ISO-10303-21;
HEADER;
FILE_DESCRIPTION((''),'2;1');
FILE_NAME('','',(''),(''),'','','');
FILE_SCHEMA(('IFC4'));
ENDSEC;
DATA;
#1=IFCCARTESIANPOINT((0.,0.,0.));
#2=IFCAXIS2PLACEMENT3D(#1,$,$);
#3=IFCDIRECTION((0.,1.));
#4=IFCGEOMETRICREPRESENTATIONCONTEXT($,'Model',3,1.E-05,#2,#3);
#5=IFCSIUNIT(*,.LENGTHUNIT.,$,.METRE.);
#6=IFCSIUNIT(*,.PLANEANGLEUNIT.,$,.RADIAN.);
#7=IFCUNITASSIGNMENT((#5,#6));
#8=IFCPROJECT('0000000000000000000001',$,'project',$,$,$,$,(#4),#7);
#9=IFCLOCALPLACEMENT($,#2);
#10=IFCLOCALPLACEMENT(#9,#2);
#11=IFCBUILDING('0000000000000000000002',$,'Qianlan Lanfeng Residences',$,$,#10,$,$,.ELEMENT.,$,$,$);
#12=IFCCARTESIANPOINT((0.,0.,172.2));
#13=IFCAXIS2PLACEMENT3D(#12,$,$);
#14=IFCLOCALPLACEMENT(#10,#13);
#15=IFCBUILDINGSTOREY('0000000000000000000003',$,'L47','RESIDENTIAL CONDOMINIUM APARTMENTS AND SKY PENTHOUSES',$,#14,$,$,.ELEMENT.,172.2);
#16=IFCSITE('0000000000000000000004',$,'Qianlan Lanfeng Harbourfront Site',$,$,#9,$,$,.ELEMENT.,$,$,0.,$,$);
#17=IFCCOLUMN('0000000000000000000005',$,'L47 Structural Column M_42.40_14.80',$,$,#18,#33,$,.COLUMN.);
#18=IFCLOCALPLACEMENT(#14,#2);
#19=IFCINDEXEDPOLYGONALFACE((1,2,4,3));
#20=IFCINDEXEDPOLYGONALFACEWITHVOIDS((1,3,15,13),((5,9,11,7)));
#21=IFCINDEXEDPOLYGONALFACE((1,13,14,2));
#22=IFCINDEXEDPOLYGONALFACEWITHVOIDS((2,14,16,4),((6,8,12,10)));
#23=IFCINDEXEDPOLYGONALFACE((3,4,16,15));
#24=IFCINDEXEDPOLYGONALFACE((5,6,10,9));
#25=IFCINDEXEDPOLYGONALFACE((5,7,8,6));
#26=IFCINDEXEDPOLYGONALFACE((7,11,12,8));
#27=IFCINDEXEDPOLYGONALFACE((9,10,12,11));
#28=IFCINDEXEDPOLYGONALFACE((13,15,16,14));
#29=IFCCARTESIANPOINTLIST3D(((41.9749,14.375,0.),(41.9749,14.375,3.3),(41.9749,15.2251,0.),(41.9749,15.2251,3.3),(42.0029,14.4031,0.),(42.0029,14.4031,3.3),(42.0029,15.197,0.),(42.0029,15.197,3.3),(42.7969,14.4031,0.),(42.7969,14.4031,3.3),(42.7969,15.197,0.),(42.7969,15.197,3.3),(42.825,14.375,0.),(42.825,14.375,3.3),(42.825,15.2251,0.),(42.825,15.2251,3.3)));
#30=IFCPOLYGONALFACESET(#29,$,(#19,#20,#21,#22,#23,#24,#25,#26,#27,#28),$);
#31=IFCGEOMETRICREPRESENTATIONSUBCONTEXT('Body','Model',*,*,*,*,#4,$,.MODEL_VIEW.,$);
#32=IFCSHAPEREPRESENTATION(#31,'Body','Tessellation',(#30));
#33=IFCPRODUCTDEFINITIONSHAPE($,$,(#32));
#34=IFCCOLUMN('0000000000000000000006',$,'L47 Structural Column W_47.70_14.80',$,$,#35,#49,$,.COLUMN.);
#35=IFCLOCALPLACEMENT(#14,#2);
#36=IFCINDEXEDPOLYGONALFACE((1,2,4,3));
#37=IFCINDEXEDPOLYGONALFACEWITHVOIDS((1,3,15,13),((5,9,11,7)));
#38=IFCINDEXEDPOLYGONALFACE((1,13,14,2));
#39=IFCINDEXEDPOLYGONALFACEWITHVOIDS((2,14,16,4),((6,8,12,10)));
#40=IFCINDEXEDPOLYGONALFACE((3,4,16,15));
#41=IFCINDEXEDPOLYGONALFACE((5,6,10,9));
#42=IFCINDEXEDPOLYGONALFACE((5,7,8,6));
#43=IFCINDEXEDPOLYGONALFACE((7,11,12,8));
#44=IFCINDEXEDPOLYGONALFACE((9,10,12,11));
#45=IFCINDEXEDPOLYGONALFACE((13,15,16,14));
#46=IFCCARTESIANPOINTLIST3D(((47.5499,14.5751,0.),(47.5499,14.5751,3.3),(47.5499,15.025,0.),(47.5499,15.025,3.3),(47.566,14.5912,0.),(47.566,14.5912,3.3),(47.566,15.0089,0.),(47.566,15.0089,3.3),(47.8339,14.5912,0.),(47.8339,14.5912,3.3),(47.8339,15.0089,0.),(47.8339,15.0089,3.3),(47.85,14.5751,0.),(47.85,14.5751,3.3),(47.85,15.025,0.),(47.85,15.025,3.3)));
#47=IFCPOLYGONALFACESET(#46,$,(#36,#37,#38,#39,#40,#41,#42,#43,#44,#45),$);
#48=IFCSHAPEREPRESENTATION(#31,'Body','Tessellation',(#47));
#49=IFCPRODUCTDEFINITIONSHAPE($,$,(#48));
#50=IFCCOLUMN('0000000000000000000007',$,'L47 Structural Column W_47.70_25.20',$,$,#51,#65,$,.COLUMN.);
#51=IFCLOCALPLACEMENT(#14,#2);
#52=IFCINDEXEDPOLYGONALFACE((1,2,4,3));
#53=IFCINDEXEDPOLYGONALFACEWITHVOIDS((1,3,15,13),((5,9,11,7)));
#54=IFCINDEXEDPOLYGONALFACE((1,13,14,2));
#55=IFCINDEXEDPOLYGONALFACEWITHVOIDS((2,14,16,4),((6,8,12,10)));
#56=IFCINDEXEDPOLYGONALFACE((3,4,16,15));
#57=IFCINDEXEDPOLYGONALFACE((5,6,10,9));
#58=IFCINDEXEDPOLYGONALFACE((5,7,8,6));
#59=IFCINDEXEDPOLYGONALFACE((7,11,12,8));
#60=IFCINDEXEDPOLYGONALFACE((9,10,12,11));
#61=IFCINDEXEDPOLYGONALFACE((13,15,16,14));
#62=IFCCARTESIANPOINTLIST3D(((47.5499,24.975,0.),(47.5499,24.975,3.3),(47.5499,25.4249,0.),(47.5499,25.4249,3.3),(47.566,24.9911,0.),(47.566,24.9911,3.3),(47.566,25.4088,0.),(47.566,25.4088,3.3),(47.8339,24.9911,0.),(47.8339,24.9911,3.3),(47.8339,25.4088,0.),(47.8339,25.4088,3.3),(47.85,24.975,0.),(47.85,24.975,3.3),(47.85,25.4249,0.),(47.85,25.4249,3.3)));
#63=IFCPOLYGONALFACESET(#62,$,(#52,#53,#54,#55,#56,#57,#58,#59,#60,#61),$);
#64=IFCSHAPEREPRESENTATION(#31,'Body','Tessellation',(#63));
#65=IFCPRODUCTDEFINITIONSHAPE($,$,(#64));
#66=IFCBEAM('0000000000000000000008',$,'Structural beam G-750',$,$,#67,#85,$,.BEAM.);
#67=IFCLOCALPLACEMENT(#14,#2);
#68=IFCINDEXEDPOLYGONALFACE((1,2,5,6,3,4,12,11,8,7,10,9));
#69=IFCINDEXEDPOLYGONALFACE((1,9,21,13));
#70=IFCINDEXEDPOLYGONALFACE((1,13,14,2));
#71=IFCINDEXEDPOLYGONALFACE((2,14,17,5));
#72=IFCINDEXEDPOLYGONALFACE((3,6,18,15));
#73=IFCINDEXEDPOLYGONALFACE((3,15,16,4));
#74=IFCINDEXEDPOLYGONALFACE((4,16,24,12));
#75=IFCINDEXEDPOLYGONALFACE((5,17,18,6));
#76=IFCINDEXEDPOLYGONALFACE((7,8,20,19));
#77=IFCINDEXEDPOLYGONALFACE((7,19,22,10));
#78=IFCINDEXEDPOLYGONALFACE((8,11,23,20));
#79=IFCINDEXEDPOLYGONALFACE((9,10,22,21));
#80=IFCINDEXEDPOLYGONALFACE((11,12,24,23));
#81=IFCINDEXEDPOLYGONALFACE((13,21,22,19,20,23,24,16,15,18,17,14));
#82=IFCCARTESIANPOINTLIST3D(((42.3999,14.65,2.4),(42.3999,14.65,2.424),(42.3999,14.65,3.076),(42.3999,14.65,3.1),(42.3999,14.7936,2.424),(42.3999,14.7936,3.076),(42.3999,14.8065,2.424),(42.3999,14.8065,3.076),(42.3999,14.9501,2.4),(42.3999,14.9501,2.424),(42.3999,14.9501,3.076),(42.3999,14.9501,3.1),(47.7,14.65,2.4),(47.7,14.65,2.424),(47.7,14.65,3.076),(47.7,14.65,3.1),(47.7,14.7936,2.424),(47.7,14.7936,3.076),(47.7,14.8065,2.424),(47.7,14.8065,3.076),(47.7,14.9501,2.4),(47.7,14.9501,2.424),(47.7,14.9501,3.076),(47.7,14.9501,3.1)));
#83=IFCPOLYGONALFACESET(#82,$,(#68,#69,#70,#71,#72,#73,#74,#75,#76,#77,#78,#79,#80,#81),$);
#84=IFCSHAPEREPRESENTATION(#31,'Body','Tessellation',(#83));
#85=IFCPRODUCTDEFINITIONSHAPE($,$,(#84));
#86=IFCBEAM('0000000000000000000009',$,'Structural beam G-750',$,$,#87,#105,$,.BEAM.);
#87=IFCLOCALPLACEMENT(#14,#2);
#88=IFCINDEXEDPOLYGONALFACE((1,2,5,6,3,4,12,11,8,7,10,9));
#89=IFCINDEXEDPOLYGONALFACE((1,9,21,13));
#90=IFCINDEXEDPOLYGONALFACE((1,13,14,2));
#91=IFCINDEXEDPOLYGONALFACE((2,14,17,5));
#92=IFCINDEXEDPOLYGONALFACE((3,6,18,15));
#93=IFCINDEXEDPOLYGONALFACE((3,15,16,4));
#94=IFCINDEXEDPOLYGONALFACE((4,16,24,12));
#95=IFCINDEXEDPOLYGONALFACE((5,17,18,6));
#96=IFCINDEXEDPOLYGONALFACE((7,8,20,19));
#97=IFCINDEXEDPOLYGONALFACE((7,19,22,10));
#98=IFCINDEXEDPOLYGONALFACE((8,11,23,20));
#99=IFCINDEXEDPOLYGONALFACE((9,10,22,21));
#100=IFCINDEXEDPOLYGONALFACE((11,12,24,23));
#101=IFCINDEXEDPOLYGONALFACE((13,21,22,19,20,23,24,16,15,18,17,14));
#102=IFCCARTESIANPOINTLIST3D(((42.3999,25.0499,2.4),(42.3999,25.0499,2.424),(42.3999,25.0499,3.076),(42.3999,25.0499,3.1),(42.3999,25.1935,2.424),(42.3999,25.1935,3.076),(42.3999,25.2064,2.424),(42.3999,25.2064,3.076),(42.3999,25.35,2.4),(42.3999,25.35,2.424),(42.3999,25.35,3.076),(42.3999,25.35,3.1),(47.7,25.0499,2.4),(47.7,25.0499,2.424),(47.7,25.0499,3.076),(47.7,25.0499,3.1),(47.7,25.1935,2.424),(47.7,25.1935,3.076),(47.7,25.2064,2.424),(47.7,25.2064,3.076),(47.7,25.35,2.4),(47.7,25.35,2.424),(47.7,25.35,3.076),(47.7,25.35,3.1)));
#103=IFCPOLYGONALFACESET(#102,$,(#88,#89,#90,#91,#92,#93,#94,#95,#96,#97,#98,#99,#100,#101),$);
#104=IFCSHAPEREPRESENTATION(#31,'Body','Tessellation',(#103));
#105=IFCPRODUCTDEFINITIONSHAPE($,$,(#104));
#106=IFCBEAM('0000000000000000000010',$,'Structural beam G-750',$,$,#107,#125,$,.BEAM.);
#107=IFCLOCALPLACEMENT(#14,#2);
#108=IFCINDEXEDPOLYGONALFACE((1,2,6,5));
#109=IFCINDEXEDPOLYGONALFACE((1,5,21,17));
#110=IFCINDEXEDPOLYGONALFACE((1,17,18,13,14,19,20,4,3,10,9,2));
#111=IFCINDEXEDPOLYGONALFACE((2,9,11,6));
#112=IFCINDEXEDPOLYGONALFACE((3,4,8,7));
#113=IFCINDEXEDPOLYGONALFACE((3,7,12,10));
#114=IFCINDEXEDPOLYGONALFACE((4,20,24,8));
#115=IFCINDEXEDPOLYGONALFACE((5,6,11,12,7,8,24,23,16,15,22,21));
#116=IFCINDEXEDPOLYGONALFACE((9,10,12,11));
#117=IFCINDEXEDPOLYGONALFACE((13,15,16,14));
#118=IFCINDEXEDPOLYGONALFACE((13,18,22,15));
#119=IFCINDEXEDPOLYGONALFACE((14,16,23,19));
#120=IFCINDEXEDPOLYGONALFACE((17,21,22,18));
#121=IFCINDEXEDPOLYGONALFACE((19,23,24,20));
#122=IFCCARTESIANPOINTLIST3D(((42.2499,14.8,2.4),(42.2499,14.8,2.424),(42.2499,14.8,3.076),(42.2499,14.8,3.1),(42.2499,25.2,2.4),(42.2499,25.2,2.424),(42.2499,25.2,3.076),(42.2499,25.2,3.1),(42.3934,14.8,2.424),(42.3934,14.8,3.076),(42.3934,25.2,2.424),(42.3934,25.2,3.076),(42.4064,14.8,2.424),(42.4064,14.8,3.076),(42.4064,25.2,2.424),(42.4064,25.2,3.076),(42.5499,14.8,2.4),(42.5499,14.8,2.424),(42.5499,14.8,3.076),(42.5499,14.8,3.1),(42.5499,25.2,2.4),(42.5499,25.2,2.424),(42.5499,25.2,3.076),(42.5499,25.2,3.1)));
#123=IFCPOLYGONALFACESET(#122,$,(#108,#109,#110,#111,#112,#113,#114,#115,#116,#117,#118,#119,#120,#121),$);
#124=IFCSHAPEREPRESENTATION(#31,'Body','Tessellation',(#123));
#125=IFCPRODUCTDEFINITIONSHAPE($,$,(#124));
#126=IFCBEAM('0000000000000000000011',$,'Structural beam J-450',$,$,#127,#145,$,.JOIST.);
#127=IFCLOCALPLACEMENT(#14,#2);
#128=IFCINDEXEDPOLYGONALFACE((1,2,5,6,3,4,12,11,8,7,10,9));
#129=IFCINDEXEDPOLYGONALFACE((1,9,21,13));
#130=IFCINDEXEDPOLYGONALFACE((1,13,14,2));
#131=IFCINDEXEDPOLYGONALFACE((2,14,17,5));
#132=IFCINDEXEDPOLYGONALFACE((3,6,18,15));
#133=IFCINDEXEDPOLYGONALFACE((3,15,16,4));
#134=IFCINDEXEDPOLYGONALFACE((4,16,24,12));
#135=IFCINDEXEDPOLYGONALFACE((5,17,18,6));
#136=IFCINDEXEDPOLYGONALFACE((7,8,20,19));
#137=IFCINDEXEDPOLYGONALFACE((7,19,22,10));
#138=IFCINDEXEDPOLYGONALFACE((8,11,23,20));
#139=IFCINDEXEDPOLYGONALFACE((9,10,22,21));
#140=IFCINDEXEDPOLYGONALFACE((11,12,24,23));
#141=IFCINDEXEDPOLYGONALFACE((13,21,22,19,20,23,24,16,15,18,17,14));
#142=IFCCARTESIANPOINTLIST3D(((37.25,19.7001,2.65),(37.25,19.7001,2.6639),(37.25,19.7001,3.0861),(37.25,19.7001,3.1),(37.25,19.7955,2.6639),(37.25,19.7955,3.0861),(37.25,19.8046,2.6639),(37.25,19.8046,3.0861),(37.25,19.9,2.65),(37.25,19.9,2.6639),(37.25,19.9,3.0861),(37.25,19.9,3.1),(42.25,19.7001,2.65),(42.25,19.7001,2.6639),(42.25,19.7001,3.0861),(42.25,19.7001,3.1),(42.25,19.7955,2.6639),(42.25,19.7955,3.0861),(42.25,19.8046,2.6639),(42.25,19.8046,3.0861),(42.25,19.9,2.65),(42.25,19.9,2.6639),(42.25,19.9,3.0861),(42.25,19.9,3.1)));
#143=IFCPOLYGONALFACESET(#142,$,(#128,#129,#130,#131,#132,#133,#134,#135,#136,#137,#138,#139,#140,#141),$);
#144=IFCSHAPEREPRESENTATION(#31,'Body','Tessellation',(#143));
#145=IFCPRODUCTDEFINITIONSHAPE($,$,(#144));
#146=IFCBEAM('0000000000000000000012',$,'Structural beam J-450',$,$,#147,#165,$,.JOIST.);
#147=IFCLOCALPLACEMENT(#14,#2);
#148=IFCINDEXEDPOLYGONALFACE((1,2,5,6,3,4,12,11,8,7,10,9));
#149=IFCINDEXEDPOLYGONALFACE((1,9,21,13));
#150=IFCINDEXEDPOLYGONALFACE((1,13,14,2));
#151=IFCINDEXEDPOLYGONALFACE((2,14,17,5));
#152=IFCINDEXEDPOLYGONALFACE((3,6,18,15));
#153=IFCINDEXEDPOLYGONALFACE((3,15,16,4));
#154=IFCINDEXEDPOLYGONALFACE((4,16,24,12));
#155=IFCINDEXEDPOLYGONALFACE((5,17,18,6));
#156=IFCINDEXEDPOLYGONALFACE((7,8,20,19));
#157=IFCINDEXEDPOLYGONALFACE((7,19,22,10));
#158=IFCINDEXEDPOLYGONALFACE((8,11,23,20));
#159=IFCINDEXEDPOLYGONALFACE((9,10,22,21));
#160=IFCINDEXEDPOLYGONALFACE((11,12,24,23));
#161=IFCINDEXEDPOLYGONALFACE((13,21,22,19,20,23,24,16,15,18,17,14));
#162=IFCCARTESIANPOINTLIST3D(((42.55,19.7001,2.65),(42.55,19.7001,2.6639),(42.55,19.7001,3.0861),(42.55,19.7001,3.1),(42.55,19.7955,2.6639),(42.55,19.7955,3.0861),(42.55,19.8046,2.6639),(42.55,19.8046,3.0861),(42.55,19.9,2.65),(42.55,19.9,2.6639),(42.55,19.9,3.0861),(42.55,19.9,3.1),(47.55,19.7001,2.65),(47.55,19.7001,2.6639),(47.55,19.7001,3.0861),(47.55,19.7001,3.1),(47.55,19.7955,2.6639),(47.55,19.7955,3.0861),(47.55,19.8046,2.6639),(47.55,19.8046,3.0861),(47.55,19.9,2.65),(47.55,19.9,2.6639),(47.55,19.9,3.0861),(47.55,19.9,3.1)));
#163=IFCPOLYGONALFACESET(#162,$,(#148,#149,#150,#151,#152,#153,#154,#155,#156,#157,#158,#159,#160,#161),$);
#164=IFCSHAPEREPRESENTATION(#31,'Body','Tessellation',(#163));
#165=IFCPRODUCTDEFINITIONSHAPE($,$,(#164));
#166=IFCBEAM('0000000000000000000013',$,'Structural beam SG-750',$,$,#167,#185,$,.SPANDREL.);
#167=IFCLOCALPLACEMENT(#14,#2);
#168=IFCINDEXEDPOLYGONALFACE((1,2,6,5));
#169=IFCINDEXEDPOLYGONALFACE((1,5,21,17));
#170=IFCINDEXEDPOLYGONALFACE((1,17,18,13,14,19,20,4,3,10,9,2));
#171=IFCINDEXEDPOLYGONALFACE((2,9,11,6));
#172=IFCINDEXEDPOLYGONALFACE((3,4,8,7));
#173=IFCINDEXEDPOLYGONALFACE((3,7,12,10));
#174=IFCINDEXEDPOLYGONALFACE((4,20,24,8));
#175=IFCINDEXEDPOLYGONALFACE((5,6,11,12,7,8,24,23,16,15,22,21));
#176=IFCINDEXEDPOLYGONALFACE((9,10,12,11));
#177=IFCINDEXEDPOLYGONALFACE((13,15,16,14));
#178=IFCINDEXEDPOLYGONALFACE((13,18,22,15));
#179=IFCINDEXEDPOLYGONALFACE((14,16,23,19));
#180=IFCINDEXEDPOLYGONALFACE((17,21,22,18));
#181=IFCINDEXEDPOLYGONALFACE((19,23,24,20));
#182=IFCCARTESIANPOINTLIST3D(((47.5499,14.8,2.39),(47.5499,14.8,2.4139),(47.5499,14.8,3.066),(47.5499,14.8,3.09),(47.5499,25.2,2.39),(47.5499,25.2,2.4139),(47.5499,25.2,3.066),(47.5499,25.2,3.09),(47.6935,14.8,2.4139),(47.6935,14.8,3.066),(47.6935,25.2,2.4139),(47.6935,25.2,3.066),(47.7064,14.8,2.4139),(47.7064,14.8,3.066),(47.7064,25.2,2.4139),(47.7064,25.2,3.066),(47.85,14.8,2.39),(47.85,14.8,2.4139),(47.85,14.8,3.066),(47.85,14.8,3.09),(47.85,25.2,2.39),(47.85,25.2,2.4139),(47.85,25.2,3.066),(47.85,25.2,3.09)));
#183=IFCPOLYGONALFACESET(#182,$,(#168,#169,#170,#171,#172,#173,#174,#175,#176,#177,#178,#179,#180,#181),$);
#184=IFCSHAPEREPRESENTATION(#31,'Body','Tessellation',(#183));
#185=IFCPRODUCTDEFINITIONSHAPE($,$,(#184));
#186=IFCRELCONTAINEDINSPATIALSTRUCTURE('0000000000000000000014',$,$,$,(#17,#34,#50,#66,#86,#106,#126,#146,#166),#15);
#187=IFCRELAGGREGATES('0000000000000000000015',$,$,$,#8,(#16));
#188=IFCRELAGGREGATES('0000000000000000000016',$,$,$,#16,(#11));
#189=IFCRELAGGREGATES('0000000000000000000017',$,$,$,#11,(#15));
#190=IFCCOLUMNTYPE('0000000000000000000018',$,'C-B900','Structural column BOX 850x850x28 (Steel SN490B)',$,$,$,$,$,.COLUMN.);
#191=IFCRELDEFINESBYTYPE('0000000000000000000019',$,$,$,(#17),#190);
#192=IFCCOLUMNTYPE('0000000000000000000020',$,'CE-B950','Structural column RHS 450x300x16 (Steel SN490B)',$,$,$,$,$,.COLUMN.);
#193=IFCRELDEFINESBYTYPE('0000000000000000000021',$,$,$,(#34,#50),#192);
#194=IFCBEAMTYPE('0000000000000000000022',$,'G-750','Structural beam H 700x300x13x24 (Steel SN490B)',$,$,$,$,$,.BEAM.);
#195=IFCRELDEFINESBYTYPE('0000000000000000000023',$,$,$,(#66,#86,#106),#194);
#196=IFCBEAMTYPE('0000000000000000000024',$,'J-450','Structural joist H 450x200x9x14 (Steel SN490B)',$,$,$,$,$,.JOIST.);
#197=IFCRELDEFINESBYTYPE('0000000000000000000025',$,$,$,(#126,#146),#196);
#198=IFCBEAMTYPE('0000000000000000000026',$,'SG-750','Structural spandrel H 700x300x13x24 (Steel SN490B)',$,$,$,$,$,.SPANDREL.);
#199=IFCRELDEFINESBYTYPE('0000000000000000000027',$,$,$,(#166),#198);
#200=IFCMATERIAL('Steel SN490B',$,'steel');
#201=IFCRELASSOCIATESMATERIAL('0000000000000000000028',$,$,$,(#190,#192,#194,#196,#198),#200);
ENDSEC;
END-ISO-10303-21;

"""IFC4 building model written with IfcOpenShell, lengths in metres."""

from ifc_helpers import new_model, si_unit, direction, frame, origin, origin_2d, place, context, subcontext, project, spatial, hollow_rectangle, i_section, extrude, material, material_profile, profile_set, type_object, element, save


model = new_model("IFC4")

# Units and contexts
model_context = context("Model", 3, precision=1e-05, world=origin(), true_north=direction((0.0, 1.0)))
body_context = subcontext(model_context, "Body", "Model", "MODEL_VIEW")
ifc_project = project(units=[si_unit("LENGTHUNIT", "METRE"), si_unit("PLANEANGLEUNIT", "RADIAN")], contexts=[model_context])

# Site, building, storey
site_placement = place(None, origin())
site = spatial("IfcSite", under=ifc_project, at=site_placement, Name="Qianlan Lanfeng Harbourfront Site", CompositionType="ELEMENT", RefElevation=0.0)
building_placement = place(site_placement, origin())
building = spatial("IfcBuilding", under=site, at=building_placement, Name="Qianlan Lanfeng Residences", CompositionType="ELEMENT")
storey_placement = place(building_placement, frame((0.0, 0.0, 172.2)))
storey = spatial("IfcBuildingStorey", under=building, at=storey_placement, Name="L47", Description="RESIDENTIAL CONDOMINIUM APARTMENTS AND SKY PENTHOUSES", CompositionType="ELEMENT", Elevation=172.2)

# Columns
ifc_material_1 = material(Name="Steel SN490B", Category="steel")
ifc_material_profile_1 = material_profile(ifc_material_1, hollow_rectangle(XDim=0.8501, YDim=0.8501, WallThickness=0.0281, at=origin_2d()), Name="BOX 850x850x28")
ifc_profile_set_1 = profile_set([ifc_material_profile_1], Name="Steel SN490B")
column_type_1 = type_object("IfcColumnType", Name="C-B900", Description="Structural column BOX 850x850x28 (Steel SN490B)", PredefinedType="COLUMN", material=ifc_profile_set_1)
column_placement = place(storey_placement, frame((42.3999, 14.8, 0.0), z_axis=(0.0, 0.0, 1.0), x_axis=(1.0, 0.0, 0.0)))
element("IfcColumn", 1, at=column_placement, inside=storey, type_object=column_type_1, Name="L47 Structural Column M_42.40_14.80", PredefinedType="COLUMN", context=body_context, shape_type="SweptSolid", body=[
    extrude(hollow_rectangle(XDim=0.8501, YDim=0.8501, WallThickness=0.0281, at=origin_2d()), origin(), (0.0, 0.0, 1.0), 3.3),
])
ifc_material_profile_2 = material_profile(ifc_material_1, hollow_rectangle(XDim=0.3, YDim=0.45, WallThickness=0.0161, at=origin_2d()), Name="RHS 450x300x16")
ifc_profile_set_2 = profile_set([ifc_material_profile_2], Name="Steel SN490B")
column_type_2 = type_object("IfcColumnType", Name="CE-B950", Description="Structural column RHS 450x300x16 (Steel SN490B)", PredefinedType="COLUMN", material=ifc_profile_set_2)
for number, where, z_axis, x_axis, name in (
    (2, (47.7, 14.8, 0.0), (0.0, 0.0, 1.0), (1.0, 0.0, 0.0), "L47 Structural Column W_47.70_14.80"),
    (3, (47.7, 25.2, 0.0), (0.0, 0.0, 1.0), (1.0, 0.0, 0.0), "L47 Structural Column W_47.70_25.20"),
):
    element("IfcColumn", number, at=place(storey_placement, frame(where, z_axis=z_axis, x_axis=x_axis)), inside=storey, type_object=column_type_2, Name=name, PredefinedType="COLUMN", context=body_context, shape_type="SweptSolid", body=[
        extrude(hollow_rectangle(XDim=0.3, YDim=0.45, WallThickness=0.0161, at=origin_2d()), origin(), (0.0, 0.0, 1.0), 3.3),
    ])

# Beams
ifc_material_profile_3 = material_profile(ifc_material_1, i_section(OverallWidth=0.3, OverallDepth=0.7, WebThickness=0.0129, FlangeThickness=0.0239, at=origin_2d()), Name="H 700x300x13x24")
ifc_profile_set_3 = profile_set([ifc_material_profile_3], Name="Steel SN490B")
beam_type_1 = type_object("IfcBeamType", Name="G-750", Description="Structural beam H 700x300x13x24 (Steel SN490B)", PredefinedType="BEAM", material=ifc_profile_set_3)
for number, where, z_axis, x_axis, name in (
    (4, (42.3999, 14.8, 2.75), (1.0, 0.0, 0.0), (0.0, 1.0, 0.0), "Structural beam G-750"),
    (5, (42.3999, 25.2, 2.75), (1.0, 0.0, 0.0), (0.0, 1.0, 0.0), "Structural beam G-750"),
):
    element("IfcBeam", number, at=place(storey_placement, frame(where, z_axis=z_axis, x_axis=x_axis)), inside=storey, type_object=beam_type_1, Name=name, PredefinedType="BEAM", context=body_context, shape_type="SweptSolid", body=[
        extrude(i_section(OverallWidth=0.3, OverallDepth=0.7, WebThickness=0.0129, FlangeThickness=0.0239, at=origin_2d()), origin(), (0.0, 0.0, 1.0), 5.3),
    ])
beam_1_placement = place(storey_placement, frame((42.3999, 14.8, 2.75), z_axis=(0.0, 1.0, 0.0), x_axis=(-1.0, 0.0, 0.0)))
element("IfcBeam", 6, at=beam_1_placement, inside=storey, type_object=beam_type_1, Name="Structural beam G-750", PredefinedType="BEAM", context=body_context, shape_type="SweptSolid", body=[
    extrude(i_section(OverallWidth=0.3, OverallDepth=0.7, WebThickness=0.0129, FlangeThickness=0.0239, at=origin_2d()), origin(), (0.0, 0.0, 1.0), 10.3999),
])
ifc_material_profile_4 = material_profile(ifc_material_1, i_section(OverallWidth=0.2, OverallDepth=0.45, WebThickness=0.009, FlangeThickness=0.0139, at=origin_2d()), Name="H 450x200x9x14")
ifc_profile_set_4 = profile_set([ifc_material_profile_4], Name="Steel SN490B")
beam_type_2 = type_object("IfcBeamType", Name="J-450", Description="Structural joist H 450x200x9x14 (Steel SN490B)", PredefinedType="JOIST", material=ifc_profile_set_4)
for number, where, z_axis, x_axis, name in (
    (7, (37.25, 19.8, 2.875), (1.0, 0.0, 0.0), (0.0, 1.0, 0.0), "Structural beam J-450"),
    (8, (42.55, 19.8, 2.875), (1.0, 0.0, 0.0), (0.0, 1.0, 0.0), "Structural beam J-450"),
):
    element("IfcBeam", number, at=place(storey_placement, frame(where, z_axis=z_axis, x_axis=x_axis)), inside=storey, type_object=beam_type_2, Name=name, PredefinedType="JOIST", context=body_context, shape_type="SweptSolid", body=[
        extrude(i_section(OverallWidth=0.2, OverallDepth=0.45, WebThickness=0.009, FlangeThickness=0.0139, at=origin_2d()), origin(), (0.0, 0.0, 1.0), 5.0),
    ])
ifc_material_profile_5 = material_profile(ifc_material_1, i_section(OverallWidth=0.3, OverallDepth=0.7, WebThickness=0.0129, FlangeThickness=0.0239, at=origin_2d()), Name="H 700x300x13x24")
ifc_profile_set_5 = profile_set([ifc_material_profile_5], Name="Steel SN490B")
beam_type_3 = type_object("IfcBeamType", Name="SG-750", Description="Structural spandrel H 700x300x13x24 (Steel SN490B)", PredefinedType="SPANDREL", material=ifc_profile_set_5)
beam_2_placement = place(storey_placement, frame((47.7, 14.8, 2.74), z_axis=(0.0, 1.0, 0.0), x_axis=(-1.0, 0.0, 0.0)))
element("IfcBeam", 9, at=beam_2_placement, inside=storey, type_object=beam_type_3, Name="Structural beam SG-750", PredefinedType="SPANDREL", context=body_context, shape_type="SweptSolid", body=[
    extrude(i_section(OverallWidth=0.3, OverallDepth=0.7, WebThickness=0.0129, FlangeThickness=0.0239, at=origin_2d()), origin(), (0.0, 0.0, 1.0), 10.3999),
])

save(model, "model.ifc")
